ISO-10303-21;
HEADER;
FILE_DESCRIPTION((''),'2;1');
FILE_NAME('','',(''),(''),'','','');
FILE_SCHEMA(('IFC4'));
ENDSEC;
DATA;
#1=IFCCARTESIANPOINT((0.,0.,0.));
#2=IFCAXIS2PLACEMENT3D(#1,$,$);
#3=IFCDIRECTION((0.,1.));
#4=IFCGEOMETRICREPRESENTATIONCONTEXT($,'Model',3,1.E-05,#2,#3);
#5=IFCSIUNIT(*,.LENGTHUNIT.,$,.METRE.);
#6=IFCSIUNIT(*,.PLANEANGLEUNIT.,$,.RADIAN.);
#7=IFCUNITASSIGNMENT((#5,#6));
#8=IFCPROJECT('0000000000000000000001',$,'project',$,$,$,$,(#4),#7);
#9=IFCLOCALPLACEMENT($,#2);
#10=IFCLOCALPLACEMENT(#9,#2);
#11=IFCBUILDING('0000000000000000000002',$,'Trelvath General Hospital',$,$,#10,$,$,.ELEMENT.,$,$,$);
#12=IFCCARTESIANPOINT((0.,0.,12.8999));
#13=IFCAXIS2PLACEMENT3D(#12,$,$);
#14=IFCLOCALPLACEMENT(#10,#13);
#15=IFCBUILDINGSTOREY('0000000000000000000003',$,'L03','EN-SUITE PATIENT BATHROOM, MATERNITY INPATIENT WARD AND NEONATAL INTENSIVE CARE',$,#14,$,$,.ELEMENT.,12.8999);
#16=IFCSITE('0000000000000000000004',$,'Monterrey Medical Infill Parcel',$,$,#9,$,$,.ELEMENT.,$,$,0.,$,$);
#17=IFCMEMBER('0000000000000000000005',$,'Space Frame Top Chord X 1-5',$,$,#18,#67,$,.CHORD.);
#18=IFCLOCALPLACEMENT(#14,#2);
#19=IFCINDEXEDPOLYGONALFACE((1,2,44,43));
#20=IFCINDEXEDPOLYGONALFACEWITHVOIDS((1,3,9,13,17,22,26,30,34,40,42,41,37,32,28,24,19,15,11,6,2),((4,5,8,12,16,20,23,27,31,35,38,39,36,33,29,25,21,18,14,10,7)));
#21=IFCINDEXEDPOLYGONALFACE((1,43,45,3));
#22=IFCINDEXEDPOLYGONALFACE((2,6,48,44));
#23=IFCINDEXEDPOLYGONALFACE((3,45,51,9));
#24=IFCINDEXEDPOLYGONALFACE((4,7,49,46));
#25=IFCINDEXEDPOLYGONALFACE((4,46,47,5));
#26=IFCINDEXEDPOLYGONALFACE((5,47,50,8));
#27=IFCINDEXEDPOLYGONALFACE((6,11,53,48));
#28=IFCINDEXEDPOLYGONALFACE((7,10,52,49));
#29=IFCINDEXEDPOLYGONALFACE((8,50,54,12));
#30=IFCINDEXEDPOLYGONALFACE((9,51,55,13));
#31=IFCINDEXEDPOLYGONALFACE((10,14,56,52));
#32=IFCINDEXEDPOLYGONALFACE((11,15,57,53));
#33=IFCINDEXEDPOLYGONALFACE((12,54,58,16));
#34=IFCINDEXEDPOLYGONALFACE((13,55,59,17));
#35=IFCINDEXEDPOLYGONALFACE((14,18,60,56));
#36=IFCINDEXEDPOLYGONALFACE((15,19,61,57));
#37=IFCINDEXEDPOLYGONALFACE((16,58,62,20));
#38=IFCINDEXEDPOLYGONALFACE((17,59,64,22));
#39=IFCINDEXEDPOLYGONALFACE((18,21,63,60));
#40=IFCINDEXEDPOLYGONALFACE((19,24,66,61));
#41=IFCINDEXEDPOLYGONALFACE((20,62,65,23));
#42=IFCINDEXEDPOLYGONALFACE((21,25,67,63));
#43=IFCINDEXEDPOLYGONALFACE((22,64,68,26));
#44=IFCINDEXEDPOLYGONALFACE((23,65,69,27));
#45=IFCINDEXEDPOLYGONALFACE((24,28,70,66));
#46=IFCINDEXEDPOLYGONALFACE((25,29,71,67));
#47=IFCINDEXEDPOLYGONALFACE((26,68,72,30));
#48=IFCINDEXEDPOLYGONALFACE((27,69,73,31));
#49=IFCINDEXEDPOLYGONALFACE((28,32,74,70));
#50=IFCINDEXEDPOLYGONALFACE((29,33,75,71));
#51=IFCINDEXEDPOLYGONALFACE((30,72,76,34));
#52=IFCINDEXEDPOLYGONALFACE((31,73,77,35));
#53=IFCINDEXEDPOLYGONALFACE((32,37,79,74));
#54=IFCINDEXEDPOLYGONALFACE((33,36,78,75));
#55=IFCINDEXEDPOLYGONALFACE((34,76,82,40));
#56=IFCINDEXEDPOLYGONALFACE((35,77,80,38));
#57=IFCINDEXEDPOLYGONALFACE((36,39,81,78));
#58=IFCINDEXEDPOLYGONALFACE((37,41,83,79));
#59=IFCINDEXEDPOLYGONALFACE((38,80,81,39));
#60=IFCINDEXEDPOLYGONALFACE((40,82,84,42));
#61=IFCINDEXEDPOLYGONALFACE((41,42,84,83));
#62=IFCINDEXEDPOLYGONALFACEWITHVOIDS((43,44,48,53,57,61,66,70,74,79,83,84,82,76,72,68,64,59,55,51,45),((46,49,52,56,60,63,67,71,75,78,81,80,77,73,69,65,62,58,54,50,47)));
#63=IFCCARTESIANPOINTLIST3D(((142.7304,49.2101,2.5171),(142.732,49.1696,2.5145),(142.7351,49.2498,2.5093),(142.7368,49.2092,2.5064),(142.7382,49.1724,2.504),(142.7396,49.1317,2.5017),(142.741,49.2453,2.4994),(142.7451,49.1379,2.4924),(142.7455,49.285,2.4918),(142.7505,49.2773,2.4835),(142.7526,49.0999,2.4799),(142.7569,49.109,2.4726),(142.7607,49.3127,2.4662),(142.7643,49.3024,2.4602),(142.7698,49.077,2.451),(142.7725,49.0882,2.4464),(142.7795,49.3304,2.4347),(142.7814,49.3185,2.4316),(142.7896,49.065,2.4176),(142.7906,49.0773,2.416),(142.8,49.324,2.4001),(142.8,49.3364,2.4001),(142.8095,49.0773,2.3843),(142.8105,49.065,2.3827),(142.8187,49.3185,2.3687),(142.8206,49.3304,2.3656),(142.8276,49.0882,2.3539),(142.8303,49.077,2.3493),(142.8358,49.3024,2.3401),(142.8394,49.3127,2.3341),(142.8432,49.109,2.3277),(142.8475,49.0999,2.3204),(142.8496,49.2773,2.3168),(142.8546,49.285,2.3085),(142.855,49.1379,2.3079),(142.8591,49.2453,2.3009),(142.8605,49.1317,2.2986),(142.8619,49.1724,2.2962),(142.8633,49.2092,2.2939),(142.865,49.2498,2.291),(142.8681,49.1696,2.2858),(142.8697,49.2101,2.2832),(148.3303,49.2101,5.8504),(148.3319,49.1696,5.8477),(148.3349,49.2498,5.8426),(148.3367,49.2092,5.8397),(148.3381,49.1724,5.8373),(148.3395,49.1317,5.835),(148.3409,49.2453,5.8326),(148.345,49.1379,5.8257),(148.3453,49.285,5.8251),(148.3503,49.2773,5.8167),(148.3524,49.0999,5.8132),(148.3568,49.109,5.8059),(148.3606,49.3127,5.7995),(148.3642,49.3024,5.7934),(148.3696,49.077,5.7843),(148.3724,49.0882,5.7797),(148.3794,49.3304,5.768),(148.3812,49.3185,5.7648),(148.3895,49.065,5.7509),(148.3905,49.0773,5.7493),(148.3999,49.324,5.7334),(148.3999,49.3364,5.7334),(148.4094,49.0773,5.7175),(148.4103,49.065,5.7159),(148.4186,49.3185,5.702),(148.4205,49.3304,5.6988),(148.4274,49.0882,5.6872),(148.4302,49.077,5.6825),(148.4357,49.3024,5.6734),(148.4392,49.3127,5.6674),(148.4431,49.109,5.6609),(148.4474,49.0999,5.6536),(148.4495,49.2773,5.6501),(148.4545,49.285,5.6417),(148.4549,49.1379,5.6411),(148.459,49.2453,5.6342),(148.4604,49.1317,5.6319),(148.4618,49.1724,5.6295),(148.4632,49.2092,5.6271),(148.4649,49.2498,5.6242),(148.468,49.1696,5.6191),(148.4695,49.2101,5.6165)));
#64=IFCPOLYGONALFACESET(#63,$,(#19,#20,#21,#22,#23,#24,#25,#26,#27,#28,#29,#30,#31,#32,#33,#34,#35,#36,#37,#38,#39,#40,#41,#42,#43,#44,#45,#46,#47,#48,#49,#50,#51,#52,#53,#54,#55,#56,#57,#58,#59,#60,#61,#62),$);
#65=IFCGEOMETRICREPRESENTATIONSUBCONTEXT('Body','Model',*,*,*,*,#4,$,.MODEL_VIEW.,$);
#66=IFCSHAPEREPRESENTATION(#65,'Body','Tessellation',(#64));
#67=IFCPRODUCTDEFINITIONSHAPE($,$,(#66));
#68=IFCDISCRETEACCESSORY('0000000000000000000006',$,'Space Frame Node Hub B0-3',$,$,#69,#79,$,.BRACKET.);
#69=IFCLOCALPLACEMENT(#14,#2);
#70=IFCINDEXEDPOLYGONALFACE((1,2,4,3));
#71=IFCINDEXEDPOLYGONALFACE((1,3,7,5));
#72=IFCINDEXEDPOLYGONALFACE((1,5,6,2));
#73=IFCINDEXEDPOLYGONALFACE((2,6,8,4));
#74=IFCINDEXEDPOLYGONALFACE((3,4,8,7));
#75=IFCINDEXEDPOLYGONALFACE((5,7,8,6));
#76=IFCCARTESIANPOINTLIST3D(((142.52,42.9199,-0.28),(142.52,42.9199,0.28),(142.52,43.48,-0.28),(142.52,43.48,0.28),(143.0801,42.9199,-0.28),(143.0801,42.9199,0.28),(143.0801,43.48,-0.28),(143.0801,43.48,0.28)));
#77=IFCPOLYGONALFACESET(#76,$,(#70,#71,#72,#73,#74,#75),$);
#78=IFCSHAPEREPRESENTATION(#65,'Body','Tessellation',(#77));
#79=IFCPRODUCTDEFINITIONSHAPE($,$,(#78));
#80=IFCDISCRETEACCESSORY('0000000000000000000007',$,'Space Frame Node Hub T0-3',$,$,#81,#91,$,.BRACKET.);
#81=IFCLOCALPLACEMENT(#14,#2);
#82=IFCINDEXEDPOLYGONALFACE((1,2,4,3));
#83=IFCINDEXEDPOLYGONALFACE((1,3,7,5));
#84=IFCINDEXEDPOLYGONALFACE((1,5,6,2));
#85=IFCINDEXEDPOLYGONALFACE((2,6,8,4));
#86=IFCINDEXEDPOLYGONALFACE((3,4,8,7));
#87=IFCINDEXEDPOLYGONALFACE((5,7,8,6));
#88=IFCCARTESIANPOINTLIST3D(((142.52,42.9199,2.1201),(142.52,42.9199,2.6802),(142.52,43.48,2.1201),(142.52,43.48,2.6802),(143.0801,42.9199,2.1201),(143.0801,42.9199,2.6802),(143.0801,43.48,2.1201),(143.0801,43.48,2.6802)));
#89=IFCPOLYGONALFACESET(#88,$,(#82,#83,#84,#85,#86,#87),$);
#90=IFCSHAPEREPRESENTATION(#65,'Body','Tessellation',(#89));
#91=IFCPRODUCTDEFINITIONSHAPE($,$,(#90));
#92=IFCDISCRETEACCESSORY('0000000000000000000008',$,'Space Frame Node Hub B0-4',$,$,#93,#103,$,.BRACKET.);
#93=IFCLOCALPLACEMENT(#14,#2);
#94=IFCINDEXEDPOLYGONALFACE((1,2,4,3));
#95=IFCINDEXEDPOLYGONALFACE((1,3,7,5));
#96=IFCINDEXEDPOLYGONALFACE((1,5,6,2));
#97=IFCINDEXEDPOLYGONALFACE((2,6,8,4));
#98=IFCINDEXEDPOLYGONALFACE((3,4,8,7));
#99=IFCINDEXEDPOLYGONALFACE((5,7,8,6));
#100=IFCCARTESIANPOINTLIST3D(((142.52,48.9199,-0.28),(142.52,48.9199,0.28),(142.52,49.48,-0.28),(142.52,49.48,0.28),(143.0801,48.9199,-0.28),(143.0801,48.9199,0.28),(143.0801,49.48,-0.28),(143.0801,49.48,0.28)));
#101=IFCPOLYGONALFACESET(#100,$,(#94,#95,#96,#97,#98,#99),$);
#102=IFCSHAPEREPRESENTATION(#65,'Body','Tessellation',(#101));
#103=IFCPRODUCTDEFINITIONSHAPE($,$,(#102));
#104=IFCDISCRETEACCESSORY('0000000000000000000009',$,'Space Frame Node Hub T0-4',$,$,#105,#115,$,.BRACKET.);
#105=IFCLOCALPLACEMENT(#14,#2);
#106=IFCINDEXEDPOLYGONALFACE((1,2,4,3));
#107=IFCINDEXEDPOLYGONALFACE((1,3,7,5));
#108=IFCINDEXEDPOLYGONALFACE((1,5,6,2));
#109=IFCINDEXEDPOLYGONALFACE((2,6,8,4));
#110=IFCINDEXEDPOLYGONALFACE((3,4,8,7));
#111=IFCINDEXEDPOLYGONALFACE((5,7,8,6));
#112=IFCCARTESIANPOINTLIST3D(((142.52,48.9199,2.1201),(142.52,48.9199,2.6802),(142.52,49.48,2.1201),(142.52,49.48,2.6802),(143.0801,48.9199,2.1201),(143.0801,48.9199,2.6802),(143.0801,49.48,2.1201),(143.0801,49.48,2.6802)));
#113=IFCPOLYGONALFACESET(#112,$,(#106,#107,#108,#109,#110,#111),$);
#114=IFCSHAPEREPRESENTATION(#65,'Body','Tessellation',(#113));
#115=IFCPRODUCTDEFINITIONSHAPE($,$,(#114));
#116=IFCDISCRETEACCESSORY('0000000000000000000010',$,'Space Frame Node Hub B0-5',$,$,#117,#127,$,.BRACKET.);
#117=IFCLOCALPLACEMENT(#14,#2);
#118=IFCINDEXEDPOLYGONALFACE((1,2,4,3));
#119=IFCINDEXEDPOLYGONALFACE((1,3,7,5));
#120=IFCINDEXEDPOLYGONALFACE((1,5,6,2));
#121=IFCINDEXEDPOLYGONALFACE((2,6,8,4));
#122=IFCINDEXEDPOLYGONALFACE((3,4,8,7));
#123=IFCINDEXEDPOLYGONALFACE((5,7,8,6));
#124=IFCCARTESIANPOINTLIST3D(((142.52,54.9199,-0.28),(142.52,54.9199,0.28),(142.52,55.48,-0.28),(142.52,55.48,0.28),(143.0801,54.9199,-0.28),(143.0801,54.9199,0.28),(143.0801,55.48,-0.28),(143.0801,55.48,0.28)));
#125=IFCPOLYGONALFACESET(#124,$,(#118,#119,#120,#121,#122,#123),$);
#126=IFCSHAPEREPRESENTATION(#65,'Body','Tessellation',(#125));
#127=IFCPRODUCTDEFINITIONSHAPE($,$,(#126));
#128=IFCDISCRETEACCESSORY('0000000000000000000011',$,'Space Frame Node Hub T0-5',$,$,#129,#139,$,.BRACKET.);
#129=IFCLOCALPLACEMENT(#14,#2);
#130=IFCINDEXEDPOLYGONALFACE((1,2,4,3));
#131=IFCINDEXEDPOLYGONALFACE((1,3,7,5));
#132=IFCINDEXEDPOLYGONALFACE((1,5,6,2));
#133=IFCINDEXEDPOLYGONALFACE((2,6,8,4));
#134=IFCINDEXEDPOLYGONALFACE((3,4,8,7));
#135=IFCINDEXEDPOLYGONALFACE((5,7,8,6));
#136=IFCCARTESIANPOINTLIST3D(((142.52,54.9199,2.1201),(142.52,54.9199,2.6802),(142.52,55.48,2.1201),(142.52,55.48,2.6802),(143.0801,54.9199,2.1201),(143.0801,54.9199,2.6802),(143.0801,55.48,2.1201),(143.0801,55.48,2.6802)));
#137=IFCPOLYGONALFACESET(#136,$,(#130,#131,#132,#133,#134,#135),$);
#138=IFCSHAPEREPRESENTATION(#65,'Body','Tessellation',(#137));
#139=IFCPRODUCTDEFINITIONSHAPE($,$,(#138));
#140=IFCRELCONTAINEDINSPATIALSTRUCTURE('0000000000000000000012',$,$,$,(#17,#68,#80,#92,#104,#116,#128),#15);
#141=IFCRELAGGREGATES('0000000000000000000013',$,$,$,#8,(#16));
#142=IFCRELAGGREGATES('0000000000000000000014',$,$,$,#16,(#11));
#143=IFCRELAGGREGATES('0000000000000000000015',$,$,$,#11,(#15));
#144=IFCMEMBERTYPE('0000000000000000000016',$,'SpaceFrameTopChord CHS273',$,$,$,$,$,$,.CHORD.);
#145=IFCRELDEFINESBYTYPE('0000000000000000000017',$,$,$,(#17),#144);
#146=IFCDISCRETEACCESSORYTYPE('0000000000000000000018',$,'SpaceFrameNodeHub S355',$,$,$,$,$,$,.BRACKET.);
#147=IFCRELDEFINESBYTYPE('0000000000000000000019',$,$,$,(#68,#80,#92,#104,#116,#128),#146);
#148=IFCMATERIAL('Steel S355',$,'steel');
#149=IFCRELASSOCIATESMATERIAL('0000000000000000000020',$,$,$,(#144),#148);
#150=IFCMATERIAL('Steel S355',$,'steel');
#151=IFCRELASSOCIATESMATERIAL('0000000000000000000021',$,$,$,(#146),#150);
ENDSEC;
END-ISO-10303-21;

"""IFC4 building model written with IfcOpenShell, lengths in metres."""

from ifc_helpers import new_model, si_unit, direction, frame, origin, origin_2d, place, context, subcontext, project, spatial, rectangle, hollow_circle, extrude, material, material_profile, profile_set, type_object, element, save


model = new_model("IFC4")

# Units and contexts
model_context = context("Model", 3, precision=1e-05, world=origin(), true_north=direction((0.0, 1.0)))
body_context = subcontext(model_context, "Body", "Model", "MODEL_VIEW")
ifc_project = project(units=[si_unit("LENGTHUNIT", "METRE"), si_unit("PLANEANGLEUNIT", "RADIAN")], contexts=[model_context])

# Site, building, storey
site_placement = place(None, origin())
site = spatial("IfcSite", under=ifc_project, at=site_placement, Name="Monterrey Medical Infill Parcel", CompositionType="ELEMENT", RefElevation=0.0)
building_placement = place(site_placement, origin())
building = spatial("IfcBuilding", under=site, at=building_placement, Name="Trelvath General Hospital", CompositionType="ELEMENT")
storey_placement = place(building_placement, frame((0.0, 0.0, 12.8999)))
storey = spatial("IfcBuildingStorey", under=building, at=storey_placement, Name="L03", Description="EN-SUITE PATIENT BATHROOM, MATERNITY INPATIENT WARD AND NEONATAL INTENSIVE CARE", CompositionType="ELEMENT", Elevation=12.8999)

# Member
ifc_material_1 = material(Name="Steel S355", Category="steel")
ifc_material_profile_1 = material_profile(ifc_material_1, hollow_circle(Radius=0.1365, WallThickness=0.0125, at=origin_2d()), Name="CHS273.0x12.5")
ifc_profile_set_1 = profile_set([ifc_material_profile_1], Name="Steel S355")
member_type_1 = type_object("IfcMemberType", Name="SpaceFrameTopChord CHS273", PredefinedType="CHORD", material=ifc_profile_set_1)
for number, where, z_axis, x_axis, name in (
    (1, (142.8, 49.2, 2.4001), (0.859292, 0.0, 0.511485), (0.0, 1.0, 0.0), "Space Frame Top Chord X 1-5"),
):
    element("IfcMember", number, at=place(storey_placement, frame(where, z_axis=z_axis, x_axis=x_axis)), inside=storey, type_object=member_type_1, Name=name, PredefinedType="CHORD", context=body_context, shape_type="SweptSolid", body=[
        extrude(hollow_circle(Radius=0.1365, WallThickness=0.0125, at=origin_2d()), origin(), (0.0, 0.0, 1.0), 6.5168),
    ])

# Discrete accessories
ifc_material_2 = material(Name="Steel S355", Category="steel")
discrete_accessory_type = type_object("IfcDiscreteAccessoryType", Name="SpaceFrameNodeHub S355", PredefinedType="BRACKET", material=ifc_material_2)
for number, where, z_axis, x_axis, name in (
    (2, (142.8, 43.2, -0.28), (0.0, 0.0, 1.0), (1.0, 0.0, 0.0), "Space Frame Node Hub B0-3"),
    (3, (142.8, 43.2, 2.1201), (0.0, 0.0, 1.0), (1.0, 0.0, 0.0), "Space Frame Node Hub T0-3"),
    (4, (142.8, 49.2, -0.28), (0.0, 0.0, 1.0), (1.0, 0.0, 0.0), "Space Frame Node Hub B0-4"),
    (5, (142.8, 49.2, 2.1201), (0.0, 0.0, 1.0), (1.0, 0.0, 0.0), "Space Frame Node Hub T0-4"),
    (6, (142.8, 55.2, -0.28), (0.0, 0.0, 1.0), (1.0, 0.0, 0.0), "Space Frame Node Hub B0-5"),
    (7, (142.8, 55.2, 2.1201), (0.0, 0.0, 1.0), (1.0, 0.0, 0.0), "Space Frame Node Hub T0-5"),
):
    element("IfcDiscreteAccessory", number, at=place(storey_placement, frame(where, z_axis=z_axis, x_axis=x_axis)), inside=storey, type_object=discrete_accessory_type, Name=name, PredefinedType="BRACKET", context=body_context, shape_type="SweptSolid", body=[
        extrude(rectangle(XDim=0.5601, YDim=0.5601, at=origin_2d()), origin(), (0.0, 0.0, 1.0), 0.5601),
    ])

save(model, "model.ifc")
